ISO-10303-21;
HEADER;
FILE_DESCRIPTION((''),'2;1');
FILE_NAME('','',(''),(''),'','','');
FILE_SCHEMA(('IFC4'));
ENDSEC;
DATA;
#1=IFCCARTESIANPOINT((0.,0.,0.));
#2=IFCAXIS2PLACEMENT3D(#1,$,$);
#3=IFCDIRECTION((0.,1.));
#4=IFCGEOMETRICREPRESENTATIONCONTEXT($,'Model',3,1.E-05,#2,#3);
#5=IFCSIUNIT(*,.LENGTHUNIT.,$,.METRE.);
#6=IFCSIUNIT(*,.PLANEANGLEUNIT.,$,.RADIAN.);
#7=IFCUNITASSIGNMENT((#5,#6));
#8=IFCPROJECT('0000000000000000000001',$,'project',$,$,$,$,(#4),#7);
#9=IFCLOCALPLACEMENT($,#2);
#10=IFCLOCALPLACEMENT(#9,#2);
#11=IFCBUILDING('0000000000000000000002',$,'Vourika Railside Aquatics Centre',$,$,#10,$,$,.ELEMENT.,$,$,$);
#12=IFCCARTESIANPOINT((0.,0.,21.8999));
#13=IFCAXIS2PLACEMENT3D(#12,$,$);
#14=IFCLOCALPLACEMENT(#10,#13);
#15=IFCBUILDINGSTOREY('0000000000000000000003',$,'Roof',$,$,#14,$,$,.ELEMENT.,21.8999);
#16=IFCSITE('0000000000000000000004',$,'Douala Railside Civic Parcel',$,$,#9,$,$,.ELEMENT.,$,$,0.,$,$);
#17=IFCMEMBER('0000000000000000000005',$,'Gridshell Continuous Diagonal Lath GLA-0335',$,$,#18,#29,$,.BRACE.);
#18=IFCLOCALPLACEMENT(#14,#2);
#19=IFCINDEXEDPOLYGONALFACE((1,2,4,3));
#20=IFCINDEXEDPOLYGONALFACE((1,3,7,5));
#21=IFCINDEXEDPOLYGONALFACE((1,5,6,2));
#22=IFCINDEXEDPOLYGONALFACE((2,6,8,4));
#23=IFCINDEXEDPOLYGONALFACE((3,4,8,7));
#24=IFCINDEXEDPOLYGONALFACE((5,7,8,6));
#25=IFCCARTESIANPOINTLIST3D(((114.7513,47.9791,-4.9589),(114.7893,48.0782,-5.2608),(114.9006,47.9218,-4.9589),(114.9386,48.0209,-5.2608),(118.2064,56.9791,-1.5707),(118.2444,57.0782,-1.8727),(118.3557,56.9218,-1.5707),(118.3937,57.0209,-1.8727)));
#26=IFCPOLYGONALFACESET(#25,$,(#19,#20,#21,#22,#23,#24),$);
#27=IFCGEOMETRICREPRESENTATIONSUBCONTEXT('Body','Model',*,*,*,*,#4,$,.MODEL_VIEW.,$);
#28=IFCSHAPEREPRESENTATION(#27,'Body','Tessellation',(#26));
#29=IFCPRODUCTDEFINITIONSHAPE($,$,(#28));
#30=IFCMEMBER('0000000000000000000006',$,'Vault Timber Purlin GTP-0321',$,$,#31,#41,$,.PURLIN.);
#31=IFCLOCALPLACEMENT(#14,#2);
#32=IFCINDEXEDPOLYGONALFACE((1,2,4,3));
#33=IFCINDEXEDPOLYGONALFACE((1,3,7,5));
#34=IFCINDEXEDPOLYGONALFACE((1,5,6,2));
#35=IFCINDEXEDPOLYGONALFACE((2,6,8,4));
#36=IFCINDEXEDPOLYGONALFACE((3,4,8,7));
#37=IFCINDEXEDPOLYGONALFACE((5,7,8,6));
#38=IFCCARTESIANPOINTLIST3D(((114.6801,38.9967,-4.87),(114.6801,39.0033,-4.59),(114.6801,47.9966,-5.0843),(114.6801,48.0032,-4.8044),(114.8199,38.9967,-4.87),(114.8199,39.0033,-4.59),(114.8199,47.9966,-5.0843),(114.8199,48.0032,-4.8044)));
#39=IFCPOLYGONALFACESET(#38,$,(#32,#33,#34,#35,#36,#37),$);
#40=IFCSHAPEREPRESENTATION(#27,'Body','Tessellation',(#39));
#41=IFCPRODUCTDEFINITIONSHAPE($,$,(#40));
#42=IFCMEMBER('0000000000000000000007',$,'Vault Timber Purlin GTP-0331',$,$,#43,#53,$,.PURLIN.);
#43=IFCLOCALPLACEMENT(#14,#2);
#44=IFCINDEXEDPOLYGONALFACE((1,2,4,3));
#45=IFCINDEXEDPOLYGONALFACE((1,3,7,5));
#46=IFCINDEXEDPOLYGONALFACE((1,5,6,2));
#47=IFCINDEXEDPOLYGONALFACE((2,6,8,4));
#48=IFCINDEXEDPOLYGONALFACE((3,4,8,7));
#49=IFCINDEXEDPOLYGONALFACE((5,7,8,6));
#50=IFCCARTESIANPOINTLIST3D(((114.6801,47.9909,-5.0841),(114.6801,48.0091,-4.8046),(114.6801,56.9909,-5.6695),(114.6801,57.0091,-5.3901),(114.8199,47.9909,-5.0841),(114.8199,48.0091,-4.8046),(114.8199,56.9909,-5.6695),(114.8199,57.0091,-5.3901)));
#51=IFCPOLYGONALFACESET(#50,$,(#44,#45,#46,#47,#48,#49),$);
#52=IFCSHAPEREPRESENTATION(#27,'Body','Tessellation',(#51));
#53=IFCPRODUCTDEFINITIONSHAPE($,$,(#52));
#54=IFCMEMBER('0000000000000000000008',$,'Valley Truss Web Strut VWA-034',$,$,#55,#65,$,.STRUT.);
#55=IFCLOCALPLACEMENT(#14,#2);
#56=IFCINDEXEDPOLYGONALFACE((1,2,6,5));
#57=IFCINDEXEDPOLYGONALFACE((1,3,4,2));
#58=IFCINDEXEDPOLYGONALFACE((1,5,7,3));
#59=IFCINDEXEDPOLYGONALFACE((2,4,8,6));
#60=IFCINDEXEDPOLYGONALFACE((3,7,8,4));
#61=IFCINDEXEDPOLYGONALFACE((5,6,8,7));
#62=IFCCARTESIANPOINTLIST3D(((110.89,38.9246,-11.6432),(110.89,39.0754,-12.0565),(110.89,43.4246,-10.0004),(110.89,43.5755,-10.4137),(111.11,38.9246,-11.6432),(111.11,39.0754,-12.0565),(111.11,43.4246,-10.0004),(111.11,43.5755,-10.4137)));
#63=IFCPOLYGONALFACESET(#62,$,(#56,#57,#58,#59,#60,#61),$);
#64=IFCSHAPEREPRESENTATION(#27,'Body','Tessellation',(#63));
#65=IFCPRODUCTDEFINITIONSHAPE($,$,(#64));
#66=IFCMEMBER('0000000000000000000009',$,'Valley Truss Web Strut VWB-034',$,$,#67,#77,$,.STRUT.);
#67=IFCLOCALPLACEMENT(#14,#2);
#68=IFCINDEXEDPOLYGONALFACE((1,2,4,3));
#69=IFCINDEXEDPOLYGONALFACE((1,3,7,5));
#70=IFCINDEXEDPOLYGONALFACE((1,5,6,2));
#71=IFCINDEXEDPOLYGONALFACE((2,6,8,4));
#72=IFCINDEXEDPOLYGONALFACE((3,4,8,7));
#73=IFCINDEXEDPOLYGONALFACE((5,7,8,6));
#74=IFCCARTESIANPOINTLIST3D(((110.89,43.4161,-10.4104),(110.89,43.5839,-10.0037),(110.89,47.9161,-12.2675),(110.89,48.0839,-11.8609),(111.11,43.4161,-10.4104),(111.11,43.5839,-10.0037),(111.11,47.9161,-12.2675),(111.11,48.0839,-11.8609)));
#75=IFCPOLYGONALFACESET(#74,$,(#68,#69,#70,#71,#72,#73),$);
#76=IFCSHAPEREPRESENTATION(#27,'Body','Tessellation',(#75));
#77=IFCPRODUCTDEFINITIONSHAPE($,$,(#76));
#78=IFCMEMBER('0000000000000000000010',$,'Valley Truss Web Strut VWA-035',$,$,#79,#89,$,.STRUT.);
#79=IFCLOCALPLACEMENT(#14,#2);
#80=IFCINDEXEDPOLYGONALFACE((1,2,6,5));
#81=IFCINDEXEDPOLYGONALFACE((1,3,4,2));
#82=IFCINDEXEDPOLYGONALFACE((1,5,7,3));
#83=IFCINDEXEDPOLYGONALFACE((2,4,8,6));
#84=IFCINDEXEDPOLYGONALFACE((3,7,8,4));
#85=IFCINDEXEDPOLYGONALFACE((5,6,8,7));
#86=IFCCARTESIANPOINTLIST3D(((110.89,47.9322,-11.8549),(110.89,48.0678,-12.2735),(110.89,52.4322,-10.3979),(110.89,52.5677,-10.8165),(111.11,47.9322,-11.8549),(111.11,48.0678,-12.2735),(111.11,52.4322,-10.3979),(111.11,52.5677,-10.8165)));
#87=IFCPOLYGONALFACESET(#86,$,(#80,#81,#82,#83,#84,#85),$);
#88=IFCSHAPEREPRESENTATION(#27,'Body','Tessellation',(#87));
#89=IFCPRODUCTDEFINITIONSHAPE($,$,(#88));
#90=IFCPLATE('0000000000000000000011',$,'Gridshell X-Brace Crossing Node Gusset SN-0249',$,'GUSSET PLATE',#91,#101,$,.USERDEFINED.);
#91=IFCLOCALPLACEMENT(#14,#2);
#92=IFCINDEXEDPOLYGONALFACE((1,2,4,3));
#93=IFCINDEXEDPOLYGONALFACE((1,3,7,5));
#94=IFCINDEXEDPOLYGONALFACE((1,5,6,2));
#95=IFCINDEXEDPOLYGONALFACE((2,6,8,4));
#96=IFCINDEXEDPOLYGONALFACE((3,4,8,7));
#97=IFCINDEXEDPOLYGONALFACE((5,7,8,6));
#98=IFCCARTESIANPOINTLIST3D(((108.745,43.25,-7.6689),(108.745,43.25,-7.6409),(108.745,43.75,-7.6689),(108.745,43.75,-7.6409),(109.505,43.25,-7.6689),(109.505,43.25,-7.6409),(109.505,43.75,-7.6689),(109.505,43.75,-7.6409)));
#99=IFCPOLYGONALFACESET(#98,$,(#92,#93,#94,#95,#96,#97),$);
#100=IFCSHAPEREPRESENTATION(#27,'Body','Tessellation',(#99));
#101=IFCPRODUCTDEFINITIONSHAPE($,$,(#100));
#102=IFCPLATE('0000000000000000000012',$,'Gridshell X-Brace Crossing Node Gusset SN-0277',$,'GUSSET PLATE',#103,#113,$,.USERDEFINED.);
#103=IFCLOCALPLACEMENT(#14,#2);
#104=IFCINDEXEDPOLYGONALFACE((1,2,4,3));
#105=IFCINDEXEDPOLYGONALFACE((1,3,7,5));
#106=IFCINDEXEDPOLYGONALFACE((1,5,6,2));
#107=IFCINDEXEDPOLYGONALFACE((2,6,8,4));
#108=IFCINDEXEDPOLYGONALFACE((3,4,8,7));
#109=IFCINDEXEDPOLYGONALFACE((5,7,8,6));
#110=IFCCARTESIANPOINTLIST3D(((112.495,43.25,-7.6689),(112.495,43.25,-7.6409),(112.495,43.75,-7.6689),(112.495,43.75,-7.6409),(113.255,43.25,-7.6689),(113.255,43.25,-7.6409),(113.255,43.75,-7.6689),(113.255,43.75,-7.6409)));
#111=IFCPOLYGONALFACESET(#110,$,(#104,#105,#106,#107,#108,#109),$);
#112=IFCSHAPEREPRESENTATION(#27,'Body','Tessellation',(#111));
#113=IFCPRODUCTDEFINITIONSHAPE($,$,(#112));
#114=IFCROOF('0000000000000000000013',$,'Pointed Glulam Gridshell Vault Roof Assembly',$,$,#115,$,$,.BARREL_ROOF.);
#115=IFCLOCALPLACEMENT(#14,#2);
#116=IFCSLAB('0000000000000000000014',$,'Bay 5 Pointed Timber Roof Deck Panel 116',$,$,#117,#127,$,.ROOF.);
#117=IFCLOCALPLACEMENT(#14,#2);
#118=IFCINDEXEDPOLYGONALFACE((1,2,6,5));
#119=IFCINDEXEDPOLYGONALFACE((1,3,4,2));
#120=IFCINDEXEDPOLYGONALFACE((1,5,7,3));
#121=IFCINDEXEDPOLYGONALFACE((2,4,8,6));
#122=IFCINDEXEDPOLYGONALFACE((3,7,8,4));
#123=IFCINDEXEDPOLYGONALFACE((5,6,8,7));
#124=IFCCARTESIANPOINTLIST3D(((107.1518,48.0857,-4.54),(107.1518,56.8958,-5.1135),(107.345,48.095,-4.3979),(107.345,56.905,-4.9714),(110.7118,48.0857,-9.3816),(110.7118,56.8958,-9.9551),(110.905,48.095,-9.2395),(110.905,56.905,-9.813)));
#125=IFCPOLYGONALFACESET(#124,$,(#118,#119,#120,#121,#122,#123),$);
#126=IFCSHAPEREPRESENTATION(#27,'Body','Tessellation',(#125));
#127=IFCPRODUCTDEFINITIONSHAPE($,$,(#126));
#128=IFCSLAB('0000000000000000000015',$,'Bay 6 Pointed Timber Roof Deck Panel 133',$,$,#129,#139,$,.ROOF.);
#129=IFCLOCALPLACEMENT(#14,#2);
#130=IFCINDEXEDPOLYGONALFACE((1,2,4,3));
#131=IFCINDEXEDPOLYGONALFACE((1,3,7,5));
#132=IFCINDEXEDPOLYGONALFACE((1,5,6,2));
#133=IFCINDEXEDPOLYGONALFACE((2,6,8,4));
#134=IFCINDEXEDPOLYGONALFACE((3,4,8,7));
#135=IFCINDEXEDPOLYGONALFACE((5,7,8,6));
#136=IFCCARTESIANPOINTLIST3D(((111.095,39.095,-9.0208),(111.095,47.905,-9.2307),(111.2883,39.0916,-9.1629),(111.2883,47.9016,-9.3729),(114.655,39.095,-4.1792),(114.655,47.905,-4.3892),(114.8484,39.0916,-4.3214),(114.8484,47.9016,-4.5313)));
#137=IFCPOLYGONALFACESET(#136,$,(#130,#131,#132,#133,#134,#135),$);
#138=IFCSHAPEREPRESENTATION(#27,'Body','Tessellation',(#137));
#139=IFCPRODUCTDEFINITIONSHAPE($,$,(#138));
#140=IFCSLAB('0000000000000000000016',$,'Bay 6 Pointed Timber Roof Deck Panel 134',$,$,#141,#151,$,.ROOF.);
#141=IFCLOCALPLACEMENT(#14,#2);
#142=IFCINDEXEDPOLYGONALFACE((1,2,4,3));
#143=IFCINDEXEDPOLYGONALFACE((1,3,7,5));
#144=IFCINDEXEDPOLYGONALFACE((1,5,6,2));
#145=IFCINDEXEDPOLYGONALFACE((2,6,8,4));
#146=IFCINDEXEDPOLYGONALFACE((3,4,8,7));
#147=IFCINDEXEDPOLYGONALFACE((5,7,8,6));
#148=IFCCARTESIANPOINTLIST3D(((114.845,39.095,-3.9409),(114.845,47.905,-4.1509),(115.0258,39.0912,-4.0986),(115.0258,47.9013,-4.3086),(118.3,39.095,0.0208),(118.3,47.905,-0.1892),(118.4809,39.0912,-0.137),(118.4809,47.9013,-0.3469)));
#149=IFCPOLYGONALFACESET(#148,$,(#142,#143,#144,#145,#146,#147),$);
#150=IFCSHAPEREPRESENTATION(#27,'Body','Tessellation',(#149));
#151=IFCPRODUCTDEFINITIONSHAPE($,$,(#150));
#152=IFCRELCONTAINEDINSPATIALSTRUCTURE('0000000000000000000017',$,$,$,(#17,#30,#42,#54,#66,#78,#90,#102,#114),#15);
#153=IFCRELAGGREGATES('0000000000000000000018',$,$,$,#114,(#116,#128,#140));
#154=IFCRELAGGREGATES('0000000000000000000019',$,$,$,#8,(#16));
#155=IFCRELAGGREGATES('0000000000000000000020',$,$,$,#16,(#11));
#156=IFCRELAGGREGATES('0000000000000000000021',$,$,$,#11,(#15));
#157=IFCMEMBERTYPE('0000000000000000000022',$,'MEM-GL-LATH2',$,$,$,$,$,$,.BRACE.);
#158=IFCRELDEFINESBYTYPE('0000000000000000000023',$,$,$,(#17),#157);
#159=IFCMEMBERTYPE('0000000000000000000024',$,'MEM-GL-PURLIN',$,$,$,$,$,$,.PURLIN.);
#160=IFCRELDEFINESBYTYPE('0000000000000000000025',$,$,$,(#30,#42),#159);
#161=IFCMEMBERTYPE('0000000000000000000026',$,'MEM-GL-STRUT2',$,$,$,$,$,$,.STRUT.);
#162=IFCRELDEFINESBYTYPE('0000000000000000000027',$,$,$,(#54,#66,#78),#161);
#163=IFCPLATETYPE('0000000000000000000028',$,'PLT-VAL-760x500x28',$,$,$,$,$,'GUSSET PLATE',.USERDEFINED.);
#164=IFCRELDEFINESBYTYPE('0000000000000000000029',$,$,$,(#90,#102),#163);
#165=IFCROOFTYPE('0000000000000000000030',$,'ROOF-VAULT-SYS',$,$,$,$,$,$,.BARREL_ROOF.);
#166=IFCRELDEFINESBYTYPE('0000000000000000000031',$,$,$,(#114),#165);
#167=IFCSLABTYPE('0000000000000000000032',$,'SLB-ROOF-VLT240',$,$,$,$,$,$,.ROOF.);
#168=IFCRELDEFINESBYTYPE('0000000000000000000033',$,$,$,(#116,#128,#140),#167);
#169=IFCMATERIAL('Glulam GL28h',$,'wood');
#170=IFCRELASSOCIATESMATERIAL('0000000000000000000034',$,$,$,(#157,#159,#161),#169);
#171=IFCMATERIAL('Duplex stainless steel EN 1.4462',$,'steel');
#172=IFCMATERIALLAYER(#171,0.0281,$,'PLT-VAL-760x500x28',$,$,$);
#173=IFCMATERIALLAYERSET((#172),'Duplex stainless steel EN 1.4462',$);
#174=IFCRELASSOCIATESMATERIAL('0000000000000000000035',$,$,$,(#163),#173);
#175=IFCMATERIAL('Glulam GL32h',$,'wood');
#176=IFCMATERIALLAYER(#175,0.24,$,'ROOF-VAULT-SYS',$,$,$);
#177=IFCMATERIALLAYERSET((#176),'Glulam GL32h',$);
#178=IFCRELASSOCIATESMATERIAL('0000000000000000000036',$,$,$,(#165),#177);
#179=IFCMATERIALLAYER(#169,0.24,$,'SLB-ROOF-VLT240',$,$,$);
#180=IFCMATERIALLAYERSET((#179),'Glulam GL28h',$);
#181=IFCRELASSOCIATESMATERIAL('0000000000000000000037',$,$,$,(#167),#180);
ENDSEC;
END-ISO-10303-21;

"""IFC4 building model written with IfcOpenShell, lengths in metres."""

from ifc_helpers import new_model, si_unit, direction, frame, origin, origin_2d, place, context, subcontext, project, spatial, polyline, rectangle, outline, extrude, material, layer, layer_set, material_profile, profile_set, type_object, element, aggregate, save


model = new_model("IFC4")

# Units and contexts
model_context = context("Model", 3, precision=1e-05, world=origin(), true_north=direction((0.0, 1.0)))
body_context = subcontext(model_context, "Body", "Model", "MODEL_VIEW")
ifc_project = project(units=[si_unit("LENGTHUNIT", "METRE"), si_unit("PLANEANGLEUNIT", "RADIAN")], contexts=[model_context])

# Site, building, storey
site_placement = place(None, origin())
site = spatial("IfcSite", under=ifc_project, at=site_placement, Name="Douala Railside Civic Parcel", CompositionType="ELEMENT", RefElevation=0.0)
building_placement = place(site_placement, origin())
building = spatial("IfcBuilding", under=site, at=building_placement, Name="Vourika Railside Aquatics Centre", CompositionType="ELEMENT")
storey_placement = place(building_placement, frame((0.0, 0.0, 21.8999)))
storey = spatial("IfcBuildingStorey", under=building, at=storey_placement, Name="Roof", CompositionType="ELEMENT", Elevation=21.8999)

# Shared definitions
ifc_material_1 = material(Name="Glulam GL32h", Category="wood")

# Members
ifc_material_2 = material(Name="Glulam GL28h", Category="wood")
ifc_material_profile_1 = material_profile(ifc_material_2, rectangle(XDim=0.1599, YDim=0.3201, at=origin_2d()), Name="GL28h 160x320")
ifc_profile_set_1 = profile_set([ifc_material_profile_1], Name="Glulam GL28h")
member_type_1 = type_object("IfcMemberType", Name="MEM-GL-LATH2", PredefinedType="BRACE", material=ifc_profile_set_1)
member_1_placement = place(storey_placement, frame((114.845, 48.0, -5.1099), z_axis=(0.338121, 0.880757, 0.331574), x_axis=(-0.93357, 0.358395, 0.0)))
element("IfcMember", 1, at=member_1_placement, inside=storey, type_object=member_type_1, Name="Gridshell Continuous Diagonal Lath GLA-0335", PredefinedType="BRACE", context=body_context, shape_type="SweptSolid", body=[
    extrude(rectangle(XDim=0.1599, YDim=0.3201, at=origin_2d()), origin(), (0.0, 0.0, 1.0), 10.2185),
])
ifc_material_profile_2 = material_profile(ifc_material_2, rectangle(XDim=0.1399, YDim=0.28, at=origin_2d()), Name="GL28h 140x280")
ifc_profile_set_2 = profile_set([ifc_material_profile_2], Name="Glulam GL28h")
member_type_2 = type_object("IfcMemberType", Name="MEM-GL-PURLIN", PredefinedType="PURLIN", material=ifc_profile_set_2)
member_2_placement = place(storey_placement, frame((114.75, 39.0, -4.73), z_axis=(0.0, 0.999716, -0.023811), x_axis=(-1.0, 0.0, 0.0)))
element("IfcMember", 2, at=member_2_placement, inside=storey, type_object=member_type_2, Name="Vault Timber Purlin GTP-0321", PredefinedType="PURLIN", context=body_context, shape_type="SweptSolid", body=[
    extrude(rectangle(XDim=0.1399, YDim=0.28, at=origin_2d()), origin(), (0.0, 0.0, 1.0), 9.0024),
])
member_3_placement = place(storey_placement, frame((114.75, 48.0, -4.9443), z_axis=(0.0, 0.997891, -0.064913), x_axis=(-1.0, 0.0, 0.0)))
element("IfcMember", 3, at=member_3_placement, inside=storey, type_object=member_type_2, Name="Vault Timber Purlin GTP-0331", PredefinedType="PURLIN", context=body_context, shape_type="SweptSolid", body=[
    extrude(rectangle(XDim=0.1399, YDim=0.28, at=origin_2d()), origin(), (0.0, 0.0, 1.0), 9.019),
])
ifc_material_profile_3 = material_profile(ifc_material_2, rectangle(XDim=0.22, YDim=0.4399, at=origin_2d()), Name="GL28h 220x440")
ifc_profile_set_3 = profile_set([ifc_material_profile_3], Name="Glulam GL28h")
member_type_3 = type_object("IfcMemberType", Name="MEM-GL-STRUT2", PredefinedType="STRUT", material=ifc_profile_set_3)
member_4_placement = place(storey_placement, frame((111.0, 39.0, -11.8499), z_axis=(0.0, 0.93936, 0.342934), x_axis=(-1.0, 0.0, 0.0)))
element("IfcMember", 4, at=member_4_placement, inside=storey, type_object=member_type_3, Name="Valley Truss Web Strut VWA-034", PredefinedType="STRUT", context=body_context, shape_type="SweptSolid", body=[
    extrude(rectangle(XDim=0.22, YDim=0.4399, at=origin_2d()), origin(), (0.0, 0.0, 1.0), 4.7905),
])
member_5_placement = place(storey_placement, frame((111.0, 43.5, -10.207), z_axis=(0.0, 0.924371, -0.381494), x_axis=(-1.0, 0.0, 0.0)))
element("IfcMember", 5, at=member_5_placement, inside=storey, type_object=member_type_3, Name="Valley Truss Web Strut VWB-034", PredefinedType="STRUT", context=body_context, shape_type="SweptSolid", body=[
    extrude(rectangle(XDim=0.22, YDim=0.4399, at=origin_2d()), origin(), (0.0, 0.0, 1.0), 4.8682),
])
member_6_placement = place(storey_placement, frame((111.0, 48.0, -12.0642), z_axis=(0.0, 0.951373, 0.30804), x_axis=(-1.0, 0.0, 0.0)))
element("IfcMember", 6, at=member_6_placement, inside=storey, type_object=member_type_3, Name="Valley Truss Web Strut VWA-035", PredefinedType="STRUT", context=body_context, shape_type="SweptSolid", body=[
    extrude(rectangle(XDim=0.22, YDim=0.4399, at=origin_2d()), origin(), (0.0, 0.0, 1.0), 4.73),
])

# Plates
ifc_material_3 = material(Name="Duplex stainless steel EN 1.4462", Category="steel")
ifc_layer_1 = layer(ifc_material_3, 0.0281, Name="PLT-VAL-760x500x28")
ifc_layer_set_1 = layer_set([ifc_layer_1], Name="Duplex stainless steel EN 1.4462")
plate_type = type_object("IfcPlateType", Name="PLT-VAL-760x500x28", ElementType="GUSSET PLATE", PredefinedType="USERDEFINED", material=ifc_layer_set_1)
for number, where, z_axis, x_axis, name in (
    (7, (109.125, 43.5, -7.6689), (0.0, 0.0, 1.0), (1.0, 0.0, 0.0), "Gridshell X-Brace Crossing Node Gusset SN-0249"),
    (8, (112.875, 43.5, -7.6689), (0.0, 0.0, 1.0), (1.0, 0.0, 0.0), "Gridshell X-Brace Crossing Node Gusset SN-0277"),
):
    element("IfcPlate", number, at=place(storey_placement, frame(where, z_axis=z_axis, x_axis=x_axis)), inside=storey, type_object=plate_type, Name=name, ObjectType="GUSSET PLATE", PredefinedType="USERDEFINED", context=body_context, shape_type="SweptSolid", body=[
        extrude(rectangle(XDim=0.76, YDim=0.5, at=origin_2d()), origin(), (0.0, 0.0, 1.0), 0.0281),
    ])

# Roof, slabs
ifc_layer_2 = layer(ifc_material_1, 0.24, Name="ROOF-VAULT-SYS")
ifc_layer_set_2 = layer_set([ifc_layer_2], Name="Glulam GL32h")
roof_type = type_object("IfcRoofType", Name="ROOF-VAULT-SYS", PredefinedType="BARREL_ROOF", material=ifc_layer_set_2)
roof_placement = place(storey_placement, origin())
roof = element("IfcRoof", 9, at=roof_placement, inside=storey, type_object=roof_type, Name="Pointed Glulam Gridshell Vault Roof Assembly", PredefinedType="BARREL_ROOF")
ifc_layer_3 = layer(ifc_material_2, 0.24, Name="SLB-ROOF-VLT240")
ifc_layer_set_3 = layer_set([ifc_layer_3], Name="Glulam GL28h")
slab_type = type_object("IfcSlabType", Name="SLB-ROOF-VLT240", PredefinedType="ROOF", material=ifc_layer_set_3)
slab_1_placement = place(storey_placement, frame((107.345, 48.095, -4.3979), z_axis=(0.805045, 0.038533, 0.591961), x_axis=(0.592401, 0.0, -0.805644)))
slab_1 = element("IfcSlab", 10, at=slab_1_placement, type_object=slab_type, Name="Bay 5 Pointed Timber Roof Deck Panel 116", PredefinedType="ROOF", context=body_context, shape_type="SweptSolid", body=[
    extrude(outline(polyline([(0.0, 0.0), (6.0095, 0.0), (6.4716, 8.8166), (0.462, 8.8166), (0.0, 0.0)])), origin(), (0.0, 0.0, -1.0), 0.24),
])
slab_2_placement = place(storey_placement, frame((111.095, 39.095, -9.0208), z_axis=(-0.805563, 0.014117, 0.592342), x_axis=(0.592401, 0.0, 0.805644)))
slab_2 = element("IfcSlab", 11, at=slab_2_placement, type_object=slab_type, Name="Bay 6 Pointed Timber Roof Deck Panel 133", PredefinedType="ROOF", context=body_context, shape_type="SweptSolid", body=[
    extrude(outline(polyline([(0.0, 0.0), (6.0095, 0.0), (5.8404, 8.8109), (-0.1692, 8.8109), (0.0, 0.0)])), origin(), (0.0, 0.0, -1.0), 0.24),
])
slab_3_placement = place(storey_placement, frame((114.845, 39.095, -3.9409), z_axis=(-0.753556, 0.015662, 0.657197), x_axis=(0.657277, 0.0, 0.753649)))
slab_3 = element("IfcSlab", 12, at=slab_3_placement, type_object=slab_type, Name="Bay 6 Pointed Timber Roof Deck Panel 134", PredefinedType="ROOF", context=body_context, shape_type="SweptSolid", body=[
    extrude(outline(polyline([(0.0, 0.0), (5.2567, 0.0), (5.0984, 8.8111), (-0.1582, 8.8111), (0.0, 0.0)])), origin(), (0.0, 0.0, -1.0), 0.24),
])
aggregate(roof, [slab_1, slab_2, slab_3])

save(model, "model.ifc")
